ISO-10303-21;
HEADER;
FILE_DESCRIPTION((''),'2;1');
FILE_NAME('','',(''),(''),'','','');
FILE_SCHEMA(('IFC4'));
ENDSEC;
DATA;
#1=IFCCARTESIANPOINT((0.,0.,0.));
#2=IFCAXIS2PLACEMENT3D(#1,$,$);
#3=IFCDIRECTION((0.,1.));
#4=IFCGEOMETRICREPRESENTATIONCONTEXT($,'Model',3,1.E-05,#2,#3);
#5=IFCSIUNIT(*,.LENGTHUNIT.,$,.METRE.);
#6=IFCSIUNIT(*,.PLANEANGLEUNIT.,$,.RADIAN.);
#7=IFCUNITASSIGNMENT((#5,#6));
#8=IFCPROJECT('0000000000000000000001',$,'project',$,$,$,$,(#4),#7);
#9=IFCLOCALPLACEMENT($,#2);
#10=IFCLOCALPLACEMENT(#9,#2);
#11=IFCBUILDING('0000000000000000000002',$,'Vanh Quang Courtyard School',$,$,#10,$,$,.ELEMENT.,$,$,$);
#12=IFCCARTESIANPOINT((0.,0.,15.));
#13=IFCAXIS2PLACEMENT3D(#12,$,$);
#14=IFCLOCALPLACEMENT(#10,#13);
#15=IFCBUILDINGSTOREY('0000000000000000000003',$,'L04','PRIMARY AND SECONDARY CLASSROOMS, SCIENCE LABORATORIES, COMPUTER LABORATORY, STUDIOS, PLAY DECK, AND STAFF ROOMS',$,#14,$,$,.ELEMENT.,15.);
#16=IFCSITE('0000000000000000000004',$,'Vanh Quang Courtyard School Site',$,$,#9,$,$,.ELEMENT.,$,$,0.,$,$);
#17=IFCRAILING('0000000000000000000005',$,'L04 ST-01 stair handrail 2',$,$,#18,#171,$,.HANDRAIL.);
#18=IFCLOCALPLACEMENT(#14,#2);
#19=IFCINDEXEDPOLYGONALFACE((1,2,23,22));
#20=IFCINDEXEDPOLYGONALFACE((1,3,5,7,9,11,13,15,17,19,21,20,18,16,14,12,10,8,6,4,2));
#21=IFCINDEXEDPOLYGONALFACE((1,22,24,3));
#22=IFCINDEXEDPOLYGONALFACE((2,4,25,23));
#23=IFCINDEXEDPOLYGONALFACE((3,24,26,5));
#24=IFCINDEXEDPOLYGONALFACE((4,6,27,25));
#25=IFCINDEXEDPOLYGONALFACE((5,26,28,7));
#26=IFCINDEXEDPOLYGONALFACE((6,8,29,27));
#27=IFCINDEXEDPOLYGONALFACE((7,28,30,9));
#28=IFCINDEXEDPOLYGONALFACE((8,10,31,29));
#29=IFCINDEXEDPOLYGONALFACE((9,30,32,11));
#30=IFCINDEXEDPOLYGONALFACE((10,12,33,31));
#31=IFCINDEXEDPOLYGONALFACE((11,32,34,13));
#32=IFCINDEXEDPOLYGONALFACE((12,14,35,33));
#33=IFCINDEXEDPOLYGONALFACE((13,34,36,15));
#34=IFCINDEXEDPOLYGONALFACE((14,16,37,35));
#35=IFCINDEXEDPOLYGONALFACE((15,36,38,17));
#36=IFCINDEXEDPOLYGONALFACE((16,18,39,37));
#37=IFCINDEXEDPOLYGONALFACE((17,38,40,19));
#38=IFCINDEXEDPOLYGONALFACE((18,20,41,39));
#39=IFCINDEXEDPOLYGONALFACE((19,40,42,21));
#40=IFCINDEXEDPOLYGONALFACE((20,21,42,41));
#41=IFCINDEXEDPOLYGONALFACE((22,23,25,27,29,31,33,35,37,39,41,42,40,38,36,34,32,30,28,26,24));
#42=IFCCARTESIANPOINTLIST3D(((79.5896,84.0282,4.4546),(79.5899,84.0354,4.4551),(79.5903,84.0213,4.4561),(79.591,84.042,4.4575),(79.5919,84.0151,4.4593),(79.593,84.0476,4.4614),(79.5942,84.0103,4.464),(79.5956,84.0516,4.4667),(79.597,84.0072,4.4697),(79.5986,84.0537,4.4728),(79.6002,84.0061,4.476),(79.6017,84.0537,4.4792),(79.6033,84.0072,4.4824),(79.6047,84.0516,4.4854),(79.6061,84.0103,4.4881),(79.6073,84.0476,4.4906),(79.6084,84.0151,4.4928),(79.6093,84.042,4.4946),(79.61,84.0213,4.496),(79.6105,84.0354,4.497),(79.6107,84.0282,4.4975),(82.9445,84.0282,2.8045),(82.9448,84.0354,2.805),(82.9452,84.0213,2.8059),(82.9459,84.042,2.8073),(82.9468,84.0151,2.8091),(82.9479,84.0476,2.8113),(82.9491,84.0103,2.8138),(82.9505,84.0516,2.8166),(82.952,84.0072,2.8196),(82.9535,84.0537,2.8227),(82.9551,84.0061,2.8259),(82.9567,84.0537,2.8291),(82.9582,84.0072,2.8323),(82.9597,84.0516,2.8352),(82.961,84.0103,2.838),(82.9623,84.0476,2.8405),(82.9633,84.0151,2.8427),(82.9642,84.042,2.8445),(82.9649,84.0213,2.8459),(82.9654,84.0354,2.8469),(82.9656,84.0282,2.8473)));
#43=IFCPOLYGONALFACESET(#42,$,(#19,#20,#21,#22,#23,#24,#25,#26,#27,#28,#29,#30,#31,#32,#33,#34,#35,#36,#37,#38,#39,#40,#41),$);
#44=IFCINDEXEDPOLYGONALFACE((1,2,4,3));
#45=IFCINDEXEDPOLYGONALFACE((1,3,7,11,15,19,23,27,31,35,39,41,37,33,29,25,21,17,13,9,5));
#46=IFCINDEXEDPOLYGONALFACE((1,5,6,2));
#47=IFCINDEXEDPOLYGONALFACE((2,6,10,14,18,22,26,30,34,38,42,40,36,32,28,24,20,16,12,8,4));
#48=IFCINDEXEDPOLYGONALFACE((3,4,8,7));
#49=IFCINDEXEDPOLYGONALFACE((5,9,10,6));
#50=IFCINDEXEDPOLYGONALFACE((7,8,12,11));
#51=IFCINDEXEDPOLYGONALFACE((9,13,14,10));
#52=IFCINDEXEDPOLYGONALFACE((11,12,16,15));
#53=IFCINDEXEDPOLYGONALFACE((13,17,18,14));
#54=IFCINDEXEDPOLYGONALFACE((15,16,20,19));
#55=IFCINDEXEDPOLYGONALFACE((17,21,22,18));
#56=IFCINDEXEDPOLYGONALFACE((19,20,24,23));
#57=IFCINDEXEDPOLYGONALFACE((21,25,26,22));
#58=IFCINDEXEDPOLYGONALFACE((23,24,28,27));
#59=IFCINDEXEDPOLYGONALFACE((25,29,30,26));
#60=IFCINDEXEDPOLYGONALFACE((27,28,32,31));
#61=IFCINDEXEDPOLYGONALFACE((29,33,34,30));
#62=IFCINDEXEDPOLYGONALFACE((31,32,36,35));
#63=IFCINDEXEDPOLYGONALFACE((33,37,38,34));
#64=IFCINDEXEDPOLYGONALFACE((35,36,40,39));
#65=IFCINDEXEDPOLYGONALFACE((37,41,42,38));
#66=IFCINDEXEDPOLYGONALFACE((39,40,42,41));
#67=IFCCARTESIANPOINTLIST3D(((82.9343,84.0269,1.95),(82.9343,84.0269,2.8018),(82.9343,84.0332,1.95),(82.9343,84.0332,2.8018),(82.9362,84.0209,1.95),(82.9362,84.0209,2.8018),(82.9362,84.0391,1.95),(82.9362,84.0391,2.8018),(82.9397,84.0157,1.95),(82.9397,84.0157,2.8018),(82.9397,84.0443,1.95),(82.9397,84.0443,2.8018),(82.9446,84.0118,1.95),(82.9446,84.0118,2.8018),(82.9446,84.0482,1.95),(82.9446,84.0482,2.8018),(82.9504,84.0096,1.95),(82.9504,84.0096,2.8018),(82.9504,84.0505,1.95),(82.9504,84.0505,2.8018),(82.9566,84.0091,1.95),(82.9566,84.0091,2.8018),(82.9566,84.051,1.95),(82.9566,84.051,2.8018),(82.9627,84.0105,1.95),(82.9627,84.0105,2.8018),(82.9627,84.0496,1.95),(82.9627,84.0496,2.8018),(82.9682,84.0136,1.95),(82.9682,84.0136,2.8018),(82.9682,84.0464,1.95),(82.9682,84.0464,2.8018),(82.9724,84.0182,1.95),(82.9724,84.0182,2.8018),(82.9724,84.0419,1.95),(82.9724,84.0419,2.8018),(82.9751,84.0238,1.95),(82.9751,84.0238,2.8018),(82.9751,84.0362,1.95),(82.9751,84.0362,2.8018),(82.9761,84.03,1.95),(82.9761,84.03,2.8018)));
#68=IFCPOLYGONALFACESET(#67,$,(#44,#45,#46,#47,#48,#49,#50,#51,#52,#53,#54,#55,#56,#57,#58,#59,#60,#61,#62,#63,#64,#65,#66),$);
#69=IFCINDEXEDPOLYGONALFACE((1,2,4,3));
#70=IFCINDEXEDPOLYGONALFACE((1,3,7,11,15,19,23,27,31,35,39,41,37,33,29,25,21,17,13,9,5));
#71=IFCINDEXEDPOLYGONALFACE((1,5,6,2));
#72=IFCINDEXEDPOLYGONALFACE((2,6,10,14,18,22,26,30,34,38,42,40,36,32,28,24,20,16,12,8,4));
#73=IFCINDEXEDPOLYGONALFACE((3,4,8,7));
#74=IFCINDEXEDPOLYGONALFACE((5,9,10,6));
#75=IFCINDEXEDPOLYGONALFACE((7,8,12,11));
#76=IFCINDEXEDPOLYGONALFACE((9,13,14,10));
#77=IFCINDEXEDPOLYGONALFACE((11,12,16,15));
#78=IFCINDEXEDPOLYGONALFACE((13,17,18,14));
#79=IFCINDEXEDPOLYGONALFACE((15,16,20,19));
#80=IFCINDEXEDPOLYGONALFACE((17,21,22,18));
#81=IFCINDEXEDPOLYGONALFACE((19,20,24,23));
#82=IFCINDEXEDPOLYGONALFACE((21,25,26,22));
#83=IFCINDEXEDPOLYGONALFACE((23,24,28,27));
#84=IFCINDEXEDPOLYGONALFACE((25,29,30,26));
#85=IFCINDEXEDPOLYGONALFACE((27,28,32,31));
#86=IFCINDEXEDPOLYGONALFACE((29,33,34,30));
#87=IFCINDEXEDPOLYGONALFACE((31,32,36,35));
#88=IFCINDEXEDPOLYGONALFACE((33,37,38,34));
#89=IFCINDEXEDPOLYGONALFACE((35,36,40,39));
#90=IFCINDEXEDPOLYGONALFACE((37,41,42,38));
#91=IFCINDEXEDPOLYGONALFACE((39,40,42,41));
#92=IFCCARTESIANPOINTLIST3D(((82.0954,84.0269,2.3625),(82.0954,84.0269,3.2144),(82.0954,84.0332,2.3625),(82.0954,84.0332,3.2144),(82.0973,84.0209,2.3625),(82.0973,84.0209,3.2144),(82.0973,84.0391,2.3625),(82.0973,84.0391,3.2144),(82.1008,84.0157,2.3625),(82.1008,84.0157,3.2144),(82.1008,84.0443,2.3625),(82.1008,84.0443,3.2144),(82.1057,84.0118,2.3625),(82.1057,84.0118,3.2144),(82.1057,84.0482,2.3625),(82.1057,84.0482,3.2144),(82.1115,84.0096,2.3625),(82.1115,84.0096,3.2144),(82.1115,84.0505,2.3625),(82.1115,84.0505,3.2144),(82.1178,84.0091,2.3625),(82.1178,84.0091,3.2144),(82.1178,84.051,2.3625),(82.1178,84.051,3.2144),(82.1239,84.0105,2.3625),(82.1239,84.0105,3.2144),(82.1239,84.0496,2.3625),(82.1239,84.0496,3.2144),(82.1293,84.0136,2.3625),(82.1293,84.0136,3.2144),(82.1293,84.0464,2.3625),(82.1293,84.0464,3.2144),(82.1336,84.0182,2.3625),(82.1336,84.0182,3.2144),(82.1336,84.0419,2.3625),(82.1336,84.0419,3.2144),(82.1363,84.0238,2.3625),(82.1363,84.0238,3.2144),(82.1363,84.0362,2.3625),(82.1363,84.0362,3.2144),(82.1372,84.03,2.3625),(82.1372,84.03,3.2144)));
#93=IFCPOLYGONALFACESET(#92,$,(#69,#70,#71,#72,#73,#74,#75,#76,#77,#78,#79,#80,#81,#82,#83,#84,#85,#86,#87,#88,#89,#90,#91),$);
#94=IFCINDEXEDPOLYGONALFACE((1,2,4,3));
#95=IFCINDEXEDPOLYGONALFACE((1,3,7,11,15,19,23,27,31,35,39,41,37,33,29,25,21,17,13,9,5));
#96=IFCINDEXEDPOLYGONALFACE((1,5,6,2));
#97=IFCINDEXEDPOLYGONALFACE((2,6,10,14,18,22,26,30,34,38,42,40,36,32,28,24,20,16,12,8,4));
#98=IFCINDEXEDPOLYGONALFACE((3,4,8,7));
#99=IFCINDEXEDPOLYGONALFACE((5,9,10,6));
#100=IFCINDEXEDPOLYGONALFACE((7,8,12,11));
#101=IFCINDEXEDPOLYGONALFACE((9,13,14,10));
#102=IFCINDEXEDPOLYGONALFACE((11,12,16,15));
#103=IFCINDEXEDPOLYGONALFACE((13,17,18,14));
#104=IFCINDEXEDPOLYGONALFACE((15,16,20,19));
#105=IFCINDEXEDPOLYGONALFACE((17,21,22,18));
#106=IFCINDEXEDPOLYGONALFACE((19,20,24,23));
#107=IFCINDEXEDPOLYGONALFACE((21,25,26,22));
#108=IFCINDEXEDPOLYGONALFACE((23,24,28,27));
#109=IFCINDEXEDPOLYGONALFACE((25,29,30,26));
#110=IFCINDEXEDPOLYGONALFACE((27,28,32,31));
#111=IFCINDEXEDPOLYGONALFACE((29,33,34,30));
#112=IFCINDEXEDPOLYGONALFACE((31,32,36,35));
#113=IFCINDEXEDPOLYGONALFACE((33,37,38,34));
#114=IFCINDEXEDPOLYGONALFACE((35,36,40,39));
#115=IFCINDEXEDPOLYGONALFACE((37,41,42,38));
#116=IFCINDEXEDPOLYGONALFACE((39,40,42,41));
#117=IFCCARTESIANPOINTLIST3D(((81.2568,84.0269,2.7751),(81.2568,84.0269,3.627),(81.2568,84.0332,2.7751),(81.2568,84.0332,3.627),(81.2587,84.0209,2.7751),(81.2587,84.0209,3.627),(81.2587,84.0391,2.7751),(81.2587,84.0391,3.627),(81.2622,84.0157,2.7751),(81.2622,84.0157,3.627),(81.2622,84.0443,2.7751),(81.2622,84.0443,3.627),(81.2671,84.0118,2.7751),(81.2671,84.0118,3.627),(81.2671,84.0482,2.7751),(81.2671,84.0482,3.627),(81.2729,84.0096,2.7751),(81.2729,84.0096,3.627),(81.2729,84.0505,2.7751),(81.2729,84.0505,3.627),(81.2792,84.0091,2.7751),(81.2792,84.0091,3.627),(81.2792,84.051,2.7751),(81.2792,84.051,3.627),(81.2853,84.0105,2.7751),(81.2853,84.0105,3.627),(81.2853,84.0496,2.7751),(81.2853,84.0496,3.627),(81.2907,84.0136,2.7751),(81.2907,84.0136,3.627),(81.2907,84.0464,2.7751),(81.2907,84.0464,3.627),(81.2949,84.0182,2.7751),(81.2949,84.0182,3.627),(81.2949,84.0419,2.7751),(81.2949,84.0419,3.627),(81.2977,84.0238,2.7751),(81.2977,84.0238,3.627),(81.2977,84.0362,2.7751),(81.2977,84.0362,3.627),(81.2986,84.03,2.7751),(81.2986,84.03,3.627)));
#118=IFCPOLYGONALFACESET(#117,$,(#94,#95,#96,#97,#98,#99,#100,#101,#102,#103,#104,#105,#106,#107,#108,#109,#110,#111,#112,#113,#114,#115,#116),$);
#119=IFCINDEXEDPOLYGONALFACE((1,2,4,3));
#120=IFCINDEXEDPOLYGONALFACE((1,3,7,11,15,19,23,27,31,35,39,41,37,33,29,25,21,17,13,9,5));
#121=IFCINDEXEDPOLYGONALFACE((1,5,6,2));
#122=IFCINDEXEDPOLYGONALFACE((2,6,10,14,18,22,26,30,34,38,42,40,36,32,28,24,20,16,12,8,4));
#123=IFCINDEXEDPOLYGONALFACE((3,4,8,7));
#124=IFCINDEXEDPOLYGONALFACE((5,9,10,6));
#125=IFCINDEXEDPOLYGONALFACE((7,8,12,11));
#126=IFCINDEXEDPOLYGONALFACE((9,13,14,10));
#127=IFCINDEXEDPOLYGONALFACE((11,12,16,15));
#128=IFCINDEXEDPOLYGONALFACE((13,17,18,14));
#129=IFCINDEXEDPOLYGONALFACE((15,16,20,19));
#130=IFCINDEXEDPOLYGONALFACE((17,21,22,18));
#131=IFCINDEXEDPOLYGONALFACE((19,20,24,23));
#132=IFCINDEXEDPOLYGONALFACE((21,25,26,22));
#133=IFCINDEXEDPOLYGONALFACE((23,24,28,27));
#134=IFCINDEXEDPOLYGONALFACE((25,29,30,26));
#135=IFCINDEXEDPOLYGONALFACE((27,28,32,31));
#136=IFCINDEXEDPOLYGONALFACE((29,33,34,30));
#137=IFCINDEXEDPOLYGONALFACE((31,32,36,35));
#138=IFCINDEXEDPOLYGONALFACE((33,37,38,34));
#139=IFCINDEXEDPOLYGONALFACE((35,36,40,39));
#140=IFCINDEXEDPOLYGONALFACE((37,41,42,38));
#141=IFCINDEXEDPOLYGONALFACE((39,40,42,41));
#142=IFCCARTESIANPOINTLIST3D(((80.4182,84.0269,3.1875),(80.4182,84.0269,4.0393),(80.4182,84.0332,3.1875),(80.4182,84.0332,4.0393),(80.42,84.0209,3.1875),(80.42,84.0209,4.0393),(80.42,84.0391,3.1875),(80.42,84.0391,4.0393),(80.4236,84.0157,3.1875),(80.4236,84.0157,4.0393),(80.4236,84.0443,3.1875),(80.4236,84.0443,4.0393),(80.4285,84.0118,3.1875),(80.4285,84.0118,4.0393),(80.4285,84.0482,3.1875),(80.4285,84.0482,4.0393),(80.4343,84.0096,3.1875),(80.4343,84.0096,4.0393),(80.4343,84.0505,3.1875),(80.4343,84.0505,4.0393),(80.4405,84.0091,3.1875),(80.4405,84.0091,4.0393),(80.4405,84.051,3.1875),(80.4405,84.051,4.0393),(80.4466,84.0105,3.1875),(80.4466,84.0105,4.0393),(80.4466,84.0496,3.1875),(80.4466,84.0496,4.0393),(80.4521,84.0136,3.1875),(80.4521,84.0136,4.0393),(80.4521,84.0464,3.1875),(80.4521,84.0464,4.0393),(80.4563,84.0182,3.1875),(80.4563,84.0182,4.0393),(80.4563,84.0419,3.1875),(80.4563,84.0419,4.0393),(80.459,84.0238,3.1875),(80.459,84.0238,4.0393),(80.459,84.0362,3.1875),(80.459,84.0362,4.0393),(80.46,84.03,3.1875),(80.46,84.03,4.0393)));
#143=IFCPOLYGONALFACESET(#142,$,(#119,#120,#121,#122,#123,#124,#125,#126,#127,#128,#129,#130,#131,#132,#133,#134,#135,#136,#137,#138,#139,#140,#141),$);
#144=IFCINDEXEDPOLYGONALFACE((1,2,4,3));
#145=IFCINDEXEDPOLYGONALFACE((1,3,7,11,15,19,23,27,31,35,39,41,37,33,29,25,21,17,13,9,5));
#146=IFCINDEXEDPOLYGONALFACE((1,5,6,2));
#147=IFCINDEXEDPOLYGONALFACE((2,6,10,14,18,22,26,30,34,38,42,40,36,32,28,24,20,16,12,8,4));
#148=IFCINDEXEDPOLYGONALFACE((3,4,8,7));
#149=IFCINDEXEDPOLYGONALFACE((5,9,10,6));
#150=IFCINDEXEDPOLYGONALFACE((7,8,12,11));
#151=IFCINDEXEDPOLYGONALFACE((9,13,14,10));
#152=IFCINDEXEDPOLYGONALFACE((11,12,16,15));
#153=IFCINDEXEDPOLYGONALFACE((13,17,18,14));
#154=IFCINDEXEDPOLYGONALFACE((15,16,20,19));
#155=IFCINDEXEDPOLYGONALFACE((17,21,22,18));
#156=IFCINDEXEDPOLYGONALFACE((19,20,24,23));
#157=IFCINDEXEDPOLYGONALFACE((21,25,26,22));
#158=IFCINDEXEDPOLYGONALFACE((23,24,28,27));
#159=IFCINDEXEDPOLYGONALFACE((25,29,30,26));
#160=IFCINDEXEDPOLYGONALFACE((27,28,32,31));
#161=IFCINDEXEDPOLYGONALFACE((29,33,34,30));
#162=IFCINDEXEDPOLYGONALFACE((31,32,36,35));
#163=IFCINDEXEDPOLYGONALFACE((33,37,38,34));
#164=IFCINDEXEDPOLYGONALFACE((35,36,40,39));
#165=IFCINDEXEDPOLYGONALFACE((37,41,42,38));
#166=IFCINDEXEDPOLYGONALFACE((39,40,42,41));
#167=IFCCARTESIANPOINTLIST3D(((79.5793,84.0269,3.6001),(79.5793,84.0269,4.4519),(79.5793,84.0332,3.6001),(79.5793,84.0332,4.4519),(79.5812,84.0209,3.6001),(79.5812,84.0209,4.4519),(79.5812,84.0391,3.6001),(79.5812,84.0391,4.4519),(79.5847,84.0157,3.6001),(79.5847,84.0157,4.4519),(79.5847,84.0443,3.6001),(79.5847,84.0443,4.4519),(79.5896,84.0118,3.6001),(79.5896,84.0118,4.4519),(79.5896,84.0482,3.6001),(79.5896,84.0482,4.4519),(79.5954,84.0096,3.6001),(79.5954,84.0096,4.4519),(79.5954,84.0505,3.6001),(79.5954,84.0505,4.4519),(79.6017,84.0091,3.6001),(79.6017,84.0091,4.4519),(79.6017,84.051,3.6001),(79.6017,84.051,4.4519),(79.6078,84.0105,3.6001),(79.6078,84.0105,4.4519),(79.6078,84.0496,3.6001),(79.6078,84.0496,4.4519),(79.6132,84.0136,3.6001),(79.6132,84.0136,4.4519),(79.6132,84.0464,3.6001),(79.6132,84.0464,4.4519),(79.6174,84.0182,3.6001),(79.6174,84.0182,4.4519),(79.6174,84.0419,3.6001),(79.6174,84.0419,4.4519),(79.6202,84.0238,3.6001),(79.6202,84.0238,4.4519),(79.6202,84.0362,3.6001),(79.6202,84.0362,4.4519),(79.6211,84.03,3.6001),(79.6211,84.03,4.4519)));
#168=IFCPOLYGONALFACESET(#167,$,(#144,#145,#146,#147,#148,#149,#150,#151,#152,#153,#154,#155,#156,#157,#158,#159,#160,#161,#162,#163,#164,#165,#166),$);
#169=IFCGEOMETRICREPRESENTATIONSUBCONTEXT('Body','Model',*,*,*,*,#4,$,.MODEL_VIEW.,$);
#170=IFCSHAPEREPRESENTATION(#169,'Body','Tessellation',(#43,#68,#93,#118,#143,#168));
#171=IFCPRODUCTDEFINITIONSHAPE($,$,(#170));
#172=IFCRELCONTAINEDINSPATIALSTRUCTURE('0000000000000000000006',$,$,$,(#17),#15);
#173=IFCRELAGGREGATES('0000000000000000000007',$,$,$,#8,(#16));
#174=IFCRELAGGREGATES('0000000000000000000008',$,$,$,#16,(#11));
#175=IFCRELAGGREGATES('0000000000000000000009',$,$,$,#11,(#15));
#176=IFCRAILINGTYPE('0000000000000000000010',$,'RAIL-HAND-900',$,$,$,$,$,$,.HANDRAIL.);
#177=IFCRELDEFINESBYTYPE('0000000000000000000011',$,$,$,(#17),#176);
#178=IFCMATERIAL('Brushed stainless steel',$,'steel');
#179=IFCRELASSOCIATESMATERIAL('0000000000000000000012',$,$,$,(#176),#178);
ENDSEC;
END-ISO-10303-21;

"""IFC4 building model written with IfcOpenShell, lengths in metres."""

from ifc_helpers import new_model, si_unit, direction, frame, origin, origin_2d, place, context, subcontext, project, spatial, circle, extrude, material, type_object, element, save


model = new_model("IFC4")

# Units and contexts
model_context = context("Model", 3, precision=1e-05, world=origin(), true_north=direction((0.0, 1.0)))
body_context = subcontext(model_context, "Body", "Model", "MODEL_VIEW")
ifc_project = project(units=[si_unit("LENGTHUNIT", "METRE"), si_unit("PLANEANGLEUNIT", "RADIAN")], contexts=[model_context])

# Site, building, storey
site_placement = place(None, origin())
site = spatial("IfcSite", under=ifc_project, at=site_placement, Name="Vanh Quang Courtyard School Site", CompositionType="ELEMENT", RefElevation=0.0)
building_placement = place(site_placement, origin())
building = spatial("IfcBuilding", under=site, at=building_placement, Name="Vanh Quang Courtyard School", CompositionType="ELEMENT")
storey_placement = place(building_placement, frame((0.0, 0.0, 15.0)))
storey = spatial("IfcBuildingStorey", under=building, at=storey_placement, Name="L04", Description="PRIMARY AND SECONDARY CLASSROOMS, SCIENCE LABORATORIES, COMPUTER LABORATORY, STUDIOS, PLAY DECK, AND STAFF ROOMS", CompositionType="ELEMENT", Elevation=15.0)

# Railing
ifc_material_1 = material(Name="Brushed stainless steel", Category="steel")
railing_type_1 = type_object("IfcRailingType", Name="RAIL-HAND-900", PredefinedType="HANDRAIL", material=ifc_material_1)
railing_1_placement = place(storey_placement, frame((82.9551, 84.03, 1.95)))
element("IfcRailing", 1, at=railing_1_placement, inside=storey, type_object=railing_type_1, Name="L04 ST-01 stair handrail 2", PredefinedType="HANDRAIL", context=body_context, shape_type="SweptSolid", body=[
    extrude(circle(Radius=0.0239, at=origin_2d()), frame((0.0, 0.0, 0.876), z_axis=(-0.897333, 0.0, 0.441353), x_axis=(0.0, -1.0, 0.0)), (0.0, 0.0, 1.0), 3.7388),
    extrude(circle(Radius=0.021, at=origin_2d()), origin(), (0.0, 0.0, 1.0), 0.8518),
    extrude(circle(Radius=0.021, at=origin_2d()), frame((-0.8389, 0.0, 0.4126)), (0.0, 0.0, 1.0), 0.8518),
    extrude(circle(Radius=0.021, at=origin_2d()), frame((-1.6775, 0.0, 0.8252)), (0.0, 0.0, 1.0), 0.8518),
    extrude(circle(Radius=0.021, at=origin_2d()), frame((-2.5161, 0.0, 1.2375)), (0.0, 0.0, 1.0), 0.8518),
    extrude(circle(Radius=0.021, at=origin_2d()), frame((-3.355, 0.0, 1.6501)), (0.0, 0.0, 1.0), 0.8518),
])

save(model, "model.ifc")
